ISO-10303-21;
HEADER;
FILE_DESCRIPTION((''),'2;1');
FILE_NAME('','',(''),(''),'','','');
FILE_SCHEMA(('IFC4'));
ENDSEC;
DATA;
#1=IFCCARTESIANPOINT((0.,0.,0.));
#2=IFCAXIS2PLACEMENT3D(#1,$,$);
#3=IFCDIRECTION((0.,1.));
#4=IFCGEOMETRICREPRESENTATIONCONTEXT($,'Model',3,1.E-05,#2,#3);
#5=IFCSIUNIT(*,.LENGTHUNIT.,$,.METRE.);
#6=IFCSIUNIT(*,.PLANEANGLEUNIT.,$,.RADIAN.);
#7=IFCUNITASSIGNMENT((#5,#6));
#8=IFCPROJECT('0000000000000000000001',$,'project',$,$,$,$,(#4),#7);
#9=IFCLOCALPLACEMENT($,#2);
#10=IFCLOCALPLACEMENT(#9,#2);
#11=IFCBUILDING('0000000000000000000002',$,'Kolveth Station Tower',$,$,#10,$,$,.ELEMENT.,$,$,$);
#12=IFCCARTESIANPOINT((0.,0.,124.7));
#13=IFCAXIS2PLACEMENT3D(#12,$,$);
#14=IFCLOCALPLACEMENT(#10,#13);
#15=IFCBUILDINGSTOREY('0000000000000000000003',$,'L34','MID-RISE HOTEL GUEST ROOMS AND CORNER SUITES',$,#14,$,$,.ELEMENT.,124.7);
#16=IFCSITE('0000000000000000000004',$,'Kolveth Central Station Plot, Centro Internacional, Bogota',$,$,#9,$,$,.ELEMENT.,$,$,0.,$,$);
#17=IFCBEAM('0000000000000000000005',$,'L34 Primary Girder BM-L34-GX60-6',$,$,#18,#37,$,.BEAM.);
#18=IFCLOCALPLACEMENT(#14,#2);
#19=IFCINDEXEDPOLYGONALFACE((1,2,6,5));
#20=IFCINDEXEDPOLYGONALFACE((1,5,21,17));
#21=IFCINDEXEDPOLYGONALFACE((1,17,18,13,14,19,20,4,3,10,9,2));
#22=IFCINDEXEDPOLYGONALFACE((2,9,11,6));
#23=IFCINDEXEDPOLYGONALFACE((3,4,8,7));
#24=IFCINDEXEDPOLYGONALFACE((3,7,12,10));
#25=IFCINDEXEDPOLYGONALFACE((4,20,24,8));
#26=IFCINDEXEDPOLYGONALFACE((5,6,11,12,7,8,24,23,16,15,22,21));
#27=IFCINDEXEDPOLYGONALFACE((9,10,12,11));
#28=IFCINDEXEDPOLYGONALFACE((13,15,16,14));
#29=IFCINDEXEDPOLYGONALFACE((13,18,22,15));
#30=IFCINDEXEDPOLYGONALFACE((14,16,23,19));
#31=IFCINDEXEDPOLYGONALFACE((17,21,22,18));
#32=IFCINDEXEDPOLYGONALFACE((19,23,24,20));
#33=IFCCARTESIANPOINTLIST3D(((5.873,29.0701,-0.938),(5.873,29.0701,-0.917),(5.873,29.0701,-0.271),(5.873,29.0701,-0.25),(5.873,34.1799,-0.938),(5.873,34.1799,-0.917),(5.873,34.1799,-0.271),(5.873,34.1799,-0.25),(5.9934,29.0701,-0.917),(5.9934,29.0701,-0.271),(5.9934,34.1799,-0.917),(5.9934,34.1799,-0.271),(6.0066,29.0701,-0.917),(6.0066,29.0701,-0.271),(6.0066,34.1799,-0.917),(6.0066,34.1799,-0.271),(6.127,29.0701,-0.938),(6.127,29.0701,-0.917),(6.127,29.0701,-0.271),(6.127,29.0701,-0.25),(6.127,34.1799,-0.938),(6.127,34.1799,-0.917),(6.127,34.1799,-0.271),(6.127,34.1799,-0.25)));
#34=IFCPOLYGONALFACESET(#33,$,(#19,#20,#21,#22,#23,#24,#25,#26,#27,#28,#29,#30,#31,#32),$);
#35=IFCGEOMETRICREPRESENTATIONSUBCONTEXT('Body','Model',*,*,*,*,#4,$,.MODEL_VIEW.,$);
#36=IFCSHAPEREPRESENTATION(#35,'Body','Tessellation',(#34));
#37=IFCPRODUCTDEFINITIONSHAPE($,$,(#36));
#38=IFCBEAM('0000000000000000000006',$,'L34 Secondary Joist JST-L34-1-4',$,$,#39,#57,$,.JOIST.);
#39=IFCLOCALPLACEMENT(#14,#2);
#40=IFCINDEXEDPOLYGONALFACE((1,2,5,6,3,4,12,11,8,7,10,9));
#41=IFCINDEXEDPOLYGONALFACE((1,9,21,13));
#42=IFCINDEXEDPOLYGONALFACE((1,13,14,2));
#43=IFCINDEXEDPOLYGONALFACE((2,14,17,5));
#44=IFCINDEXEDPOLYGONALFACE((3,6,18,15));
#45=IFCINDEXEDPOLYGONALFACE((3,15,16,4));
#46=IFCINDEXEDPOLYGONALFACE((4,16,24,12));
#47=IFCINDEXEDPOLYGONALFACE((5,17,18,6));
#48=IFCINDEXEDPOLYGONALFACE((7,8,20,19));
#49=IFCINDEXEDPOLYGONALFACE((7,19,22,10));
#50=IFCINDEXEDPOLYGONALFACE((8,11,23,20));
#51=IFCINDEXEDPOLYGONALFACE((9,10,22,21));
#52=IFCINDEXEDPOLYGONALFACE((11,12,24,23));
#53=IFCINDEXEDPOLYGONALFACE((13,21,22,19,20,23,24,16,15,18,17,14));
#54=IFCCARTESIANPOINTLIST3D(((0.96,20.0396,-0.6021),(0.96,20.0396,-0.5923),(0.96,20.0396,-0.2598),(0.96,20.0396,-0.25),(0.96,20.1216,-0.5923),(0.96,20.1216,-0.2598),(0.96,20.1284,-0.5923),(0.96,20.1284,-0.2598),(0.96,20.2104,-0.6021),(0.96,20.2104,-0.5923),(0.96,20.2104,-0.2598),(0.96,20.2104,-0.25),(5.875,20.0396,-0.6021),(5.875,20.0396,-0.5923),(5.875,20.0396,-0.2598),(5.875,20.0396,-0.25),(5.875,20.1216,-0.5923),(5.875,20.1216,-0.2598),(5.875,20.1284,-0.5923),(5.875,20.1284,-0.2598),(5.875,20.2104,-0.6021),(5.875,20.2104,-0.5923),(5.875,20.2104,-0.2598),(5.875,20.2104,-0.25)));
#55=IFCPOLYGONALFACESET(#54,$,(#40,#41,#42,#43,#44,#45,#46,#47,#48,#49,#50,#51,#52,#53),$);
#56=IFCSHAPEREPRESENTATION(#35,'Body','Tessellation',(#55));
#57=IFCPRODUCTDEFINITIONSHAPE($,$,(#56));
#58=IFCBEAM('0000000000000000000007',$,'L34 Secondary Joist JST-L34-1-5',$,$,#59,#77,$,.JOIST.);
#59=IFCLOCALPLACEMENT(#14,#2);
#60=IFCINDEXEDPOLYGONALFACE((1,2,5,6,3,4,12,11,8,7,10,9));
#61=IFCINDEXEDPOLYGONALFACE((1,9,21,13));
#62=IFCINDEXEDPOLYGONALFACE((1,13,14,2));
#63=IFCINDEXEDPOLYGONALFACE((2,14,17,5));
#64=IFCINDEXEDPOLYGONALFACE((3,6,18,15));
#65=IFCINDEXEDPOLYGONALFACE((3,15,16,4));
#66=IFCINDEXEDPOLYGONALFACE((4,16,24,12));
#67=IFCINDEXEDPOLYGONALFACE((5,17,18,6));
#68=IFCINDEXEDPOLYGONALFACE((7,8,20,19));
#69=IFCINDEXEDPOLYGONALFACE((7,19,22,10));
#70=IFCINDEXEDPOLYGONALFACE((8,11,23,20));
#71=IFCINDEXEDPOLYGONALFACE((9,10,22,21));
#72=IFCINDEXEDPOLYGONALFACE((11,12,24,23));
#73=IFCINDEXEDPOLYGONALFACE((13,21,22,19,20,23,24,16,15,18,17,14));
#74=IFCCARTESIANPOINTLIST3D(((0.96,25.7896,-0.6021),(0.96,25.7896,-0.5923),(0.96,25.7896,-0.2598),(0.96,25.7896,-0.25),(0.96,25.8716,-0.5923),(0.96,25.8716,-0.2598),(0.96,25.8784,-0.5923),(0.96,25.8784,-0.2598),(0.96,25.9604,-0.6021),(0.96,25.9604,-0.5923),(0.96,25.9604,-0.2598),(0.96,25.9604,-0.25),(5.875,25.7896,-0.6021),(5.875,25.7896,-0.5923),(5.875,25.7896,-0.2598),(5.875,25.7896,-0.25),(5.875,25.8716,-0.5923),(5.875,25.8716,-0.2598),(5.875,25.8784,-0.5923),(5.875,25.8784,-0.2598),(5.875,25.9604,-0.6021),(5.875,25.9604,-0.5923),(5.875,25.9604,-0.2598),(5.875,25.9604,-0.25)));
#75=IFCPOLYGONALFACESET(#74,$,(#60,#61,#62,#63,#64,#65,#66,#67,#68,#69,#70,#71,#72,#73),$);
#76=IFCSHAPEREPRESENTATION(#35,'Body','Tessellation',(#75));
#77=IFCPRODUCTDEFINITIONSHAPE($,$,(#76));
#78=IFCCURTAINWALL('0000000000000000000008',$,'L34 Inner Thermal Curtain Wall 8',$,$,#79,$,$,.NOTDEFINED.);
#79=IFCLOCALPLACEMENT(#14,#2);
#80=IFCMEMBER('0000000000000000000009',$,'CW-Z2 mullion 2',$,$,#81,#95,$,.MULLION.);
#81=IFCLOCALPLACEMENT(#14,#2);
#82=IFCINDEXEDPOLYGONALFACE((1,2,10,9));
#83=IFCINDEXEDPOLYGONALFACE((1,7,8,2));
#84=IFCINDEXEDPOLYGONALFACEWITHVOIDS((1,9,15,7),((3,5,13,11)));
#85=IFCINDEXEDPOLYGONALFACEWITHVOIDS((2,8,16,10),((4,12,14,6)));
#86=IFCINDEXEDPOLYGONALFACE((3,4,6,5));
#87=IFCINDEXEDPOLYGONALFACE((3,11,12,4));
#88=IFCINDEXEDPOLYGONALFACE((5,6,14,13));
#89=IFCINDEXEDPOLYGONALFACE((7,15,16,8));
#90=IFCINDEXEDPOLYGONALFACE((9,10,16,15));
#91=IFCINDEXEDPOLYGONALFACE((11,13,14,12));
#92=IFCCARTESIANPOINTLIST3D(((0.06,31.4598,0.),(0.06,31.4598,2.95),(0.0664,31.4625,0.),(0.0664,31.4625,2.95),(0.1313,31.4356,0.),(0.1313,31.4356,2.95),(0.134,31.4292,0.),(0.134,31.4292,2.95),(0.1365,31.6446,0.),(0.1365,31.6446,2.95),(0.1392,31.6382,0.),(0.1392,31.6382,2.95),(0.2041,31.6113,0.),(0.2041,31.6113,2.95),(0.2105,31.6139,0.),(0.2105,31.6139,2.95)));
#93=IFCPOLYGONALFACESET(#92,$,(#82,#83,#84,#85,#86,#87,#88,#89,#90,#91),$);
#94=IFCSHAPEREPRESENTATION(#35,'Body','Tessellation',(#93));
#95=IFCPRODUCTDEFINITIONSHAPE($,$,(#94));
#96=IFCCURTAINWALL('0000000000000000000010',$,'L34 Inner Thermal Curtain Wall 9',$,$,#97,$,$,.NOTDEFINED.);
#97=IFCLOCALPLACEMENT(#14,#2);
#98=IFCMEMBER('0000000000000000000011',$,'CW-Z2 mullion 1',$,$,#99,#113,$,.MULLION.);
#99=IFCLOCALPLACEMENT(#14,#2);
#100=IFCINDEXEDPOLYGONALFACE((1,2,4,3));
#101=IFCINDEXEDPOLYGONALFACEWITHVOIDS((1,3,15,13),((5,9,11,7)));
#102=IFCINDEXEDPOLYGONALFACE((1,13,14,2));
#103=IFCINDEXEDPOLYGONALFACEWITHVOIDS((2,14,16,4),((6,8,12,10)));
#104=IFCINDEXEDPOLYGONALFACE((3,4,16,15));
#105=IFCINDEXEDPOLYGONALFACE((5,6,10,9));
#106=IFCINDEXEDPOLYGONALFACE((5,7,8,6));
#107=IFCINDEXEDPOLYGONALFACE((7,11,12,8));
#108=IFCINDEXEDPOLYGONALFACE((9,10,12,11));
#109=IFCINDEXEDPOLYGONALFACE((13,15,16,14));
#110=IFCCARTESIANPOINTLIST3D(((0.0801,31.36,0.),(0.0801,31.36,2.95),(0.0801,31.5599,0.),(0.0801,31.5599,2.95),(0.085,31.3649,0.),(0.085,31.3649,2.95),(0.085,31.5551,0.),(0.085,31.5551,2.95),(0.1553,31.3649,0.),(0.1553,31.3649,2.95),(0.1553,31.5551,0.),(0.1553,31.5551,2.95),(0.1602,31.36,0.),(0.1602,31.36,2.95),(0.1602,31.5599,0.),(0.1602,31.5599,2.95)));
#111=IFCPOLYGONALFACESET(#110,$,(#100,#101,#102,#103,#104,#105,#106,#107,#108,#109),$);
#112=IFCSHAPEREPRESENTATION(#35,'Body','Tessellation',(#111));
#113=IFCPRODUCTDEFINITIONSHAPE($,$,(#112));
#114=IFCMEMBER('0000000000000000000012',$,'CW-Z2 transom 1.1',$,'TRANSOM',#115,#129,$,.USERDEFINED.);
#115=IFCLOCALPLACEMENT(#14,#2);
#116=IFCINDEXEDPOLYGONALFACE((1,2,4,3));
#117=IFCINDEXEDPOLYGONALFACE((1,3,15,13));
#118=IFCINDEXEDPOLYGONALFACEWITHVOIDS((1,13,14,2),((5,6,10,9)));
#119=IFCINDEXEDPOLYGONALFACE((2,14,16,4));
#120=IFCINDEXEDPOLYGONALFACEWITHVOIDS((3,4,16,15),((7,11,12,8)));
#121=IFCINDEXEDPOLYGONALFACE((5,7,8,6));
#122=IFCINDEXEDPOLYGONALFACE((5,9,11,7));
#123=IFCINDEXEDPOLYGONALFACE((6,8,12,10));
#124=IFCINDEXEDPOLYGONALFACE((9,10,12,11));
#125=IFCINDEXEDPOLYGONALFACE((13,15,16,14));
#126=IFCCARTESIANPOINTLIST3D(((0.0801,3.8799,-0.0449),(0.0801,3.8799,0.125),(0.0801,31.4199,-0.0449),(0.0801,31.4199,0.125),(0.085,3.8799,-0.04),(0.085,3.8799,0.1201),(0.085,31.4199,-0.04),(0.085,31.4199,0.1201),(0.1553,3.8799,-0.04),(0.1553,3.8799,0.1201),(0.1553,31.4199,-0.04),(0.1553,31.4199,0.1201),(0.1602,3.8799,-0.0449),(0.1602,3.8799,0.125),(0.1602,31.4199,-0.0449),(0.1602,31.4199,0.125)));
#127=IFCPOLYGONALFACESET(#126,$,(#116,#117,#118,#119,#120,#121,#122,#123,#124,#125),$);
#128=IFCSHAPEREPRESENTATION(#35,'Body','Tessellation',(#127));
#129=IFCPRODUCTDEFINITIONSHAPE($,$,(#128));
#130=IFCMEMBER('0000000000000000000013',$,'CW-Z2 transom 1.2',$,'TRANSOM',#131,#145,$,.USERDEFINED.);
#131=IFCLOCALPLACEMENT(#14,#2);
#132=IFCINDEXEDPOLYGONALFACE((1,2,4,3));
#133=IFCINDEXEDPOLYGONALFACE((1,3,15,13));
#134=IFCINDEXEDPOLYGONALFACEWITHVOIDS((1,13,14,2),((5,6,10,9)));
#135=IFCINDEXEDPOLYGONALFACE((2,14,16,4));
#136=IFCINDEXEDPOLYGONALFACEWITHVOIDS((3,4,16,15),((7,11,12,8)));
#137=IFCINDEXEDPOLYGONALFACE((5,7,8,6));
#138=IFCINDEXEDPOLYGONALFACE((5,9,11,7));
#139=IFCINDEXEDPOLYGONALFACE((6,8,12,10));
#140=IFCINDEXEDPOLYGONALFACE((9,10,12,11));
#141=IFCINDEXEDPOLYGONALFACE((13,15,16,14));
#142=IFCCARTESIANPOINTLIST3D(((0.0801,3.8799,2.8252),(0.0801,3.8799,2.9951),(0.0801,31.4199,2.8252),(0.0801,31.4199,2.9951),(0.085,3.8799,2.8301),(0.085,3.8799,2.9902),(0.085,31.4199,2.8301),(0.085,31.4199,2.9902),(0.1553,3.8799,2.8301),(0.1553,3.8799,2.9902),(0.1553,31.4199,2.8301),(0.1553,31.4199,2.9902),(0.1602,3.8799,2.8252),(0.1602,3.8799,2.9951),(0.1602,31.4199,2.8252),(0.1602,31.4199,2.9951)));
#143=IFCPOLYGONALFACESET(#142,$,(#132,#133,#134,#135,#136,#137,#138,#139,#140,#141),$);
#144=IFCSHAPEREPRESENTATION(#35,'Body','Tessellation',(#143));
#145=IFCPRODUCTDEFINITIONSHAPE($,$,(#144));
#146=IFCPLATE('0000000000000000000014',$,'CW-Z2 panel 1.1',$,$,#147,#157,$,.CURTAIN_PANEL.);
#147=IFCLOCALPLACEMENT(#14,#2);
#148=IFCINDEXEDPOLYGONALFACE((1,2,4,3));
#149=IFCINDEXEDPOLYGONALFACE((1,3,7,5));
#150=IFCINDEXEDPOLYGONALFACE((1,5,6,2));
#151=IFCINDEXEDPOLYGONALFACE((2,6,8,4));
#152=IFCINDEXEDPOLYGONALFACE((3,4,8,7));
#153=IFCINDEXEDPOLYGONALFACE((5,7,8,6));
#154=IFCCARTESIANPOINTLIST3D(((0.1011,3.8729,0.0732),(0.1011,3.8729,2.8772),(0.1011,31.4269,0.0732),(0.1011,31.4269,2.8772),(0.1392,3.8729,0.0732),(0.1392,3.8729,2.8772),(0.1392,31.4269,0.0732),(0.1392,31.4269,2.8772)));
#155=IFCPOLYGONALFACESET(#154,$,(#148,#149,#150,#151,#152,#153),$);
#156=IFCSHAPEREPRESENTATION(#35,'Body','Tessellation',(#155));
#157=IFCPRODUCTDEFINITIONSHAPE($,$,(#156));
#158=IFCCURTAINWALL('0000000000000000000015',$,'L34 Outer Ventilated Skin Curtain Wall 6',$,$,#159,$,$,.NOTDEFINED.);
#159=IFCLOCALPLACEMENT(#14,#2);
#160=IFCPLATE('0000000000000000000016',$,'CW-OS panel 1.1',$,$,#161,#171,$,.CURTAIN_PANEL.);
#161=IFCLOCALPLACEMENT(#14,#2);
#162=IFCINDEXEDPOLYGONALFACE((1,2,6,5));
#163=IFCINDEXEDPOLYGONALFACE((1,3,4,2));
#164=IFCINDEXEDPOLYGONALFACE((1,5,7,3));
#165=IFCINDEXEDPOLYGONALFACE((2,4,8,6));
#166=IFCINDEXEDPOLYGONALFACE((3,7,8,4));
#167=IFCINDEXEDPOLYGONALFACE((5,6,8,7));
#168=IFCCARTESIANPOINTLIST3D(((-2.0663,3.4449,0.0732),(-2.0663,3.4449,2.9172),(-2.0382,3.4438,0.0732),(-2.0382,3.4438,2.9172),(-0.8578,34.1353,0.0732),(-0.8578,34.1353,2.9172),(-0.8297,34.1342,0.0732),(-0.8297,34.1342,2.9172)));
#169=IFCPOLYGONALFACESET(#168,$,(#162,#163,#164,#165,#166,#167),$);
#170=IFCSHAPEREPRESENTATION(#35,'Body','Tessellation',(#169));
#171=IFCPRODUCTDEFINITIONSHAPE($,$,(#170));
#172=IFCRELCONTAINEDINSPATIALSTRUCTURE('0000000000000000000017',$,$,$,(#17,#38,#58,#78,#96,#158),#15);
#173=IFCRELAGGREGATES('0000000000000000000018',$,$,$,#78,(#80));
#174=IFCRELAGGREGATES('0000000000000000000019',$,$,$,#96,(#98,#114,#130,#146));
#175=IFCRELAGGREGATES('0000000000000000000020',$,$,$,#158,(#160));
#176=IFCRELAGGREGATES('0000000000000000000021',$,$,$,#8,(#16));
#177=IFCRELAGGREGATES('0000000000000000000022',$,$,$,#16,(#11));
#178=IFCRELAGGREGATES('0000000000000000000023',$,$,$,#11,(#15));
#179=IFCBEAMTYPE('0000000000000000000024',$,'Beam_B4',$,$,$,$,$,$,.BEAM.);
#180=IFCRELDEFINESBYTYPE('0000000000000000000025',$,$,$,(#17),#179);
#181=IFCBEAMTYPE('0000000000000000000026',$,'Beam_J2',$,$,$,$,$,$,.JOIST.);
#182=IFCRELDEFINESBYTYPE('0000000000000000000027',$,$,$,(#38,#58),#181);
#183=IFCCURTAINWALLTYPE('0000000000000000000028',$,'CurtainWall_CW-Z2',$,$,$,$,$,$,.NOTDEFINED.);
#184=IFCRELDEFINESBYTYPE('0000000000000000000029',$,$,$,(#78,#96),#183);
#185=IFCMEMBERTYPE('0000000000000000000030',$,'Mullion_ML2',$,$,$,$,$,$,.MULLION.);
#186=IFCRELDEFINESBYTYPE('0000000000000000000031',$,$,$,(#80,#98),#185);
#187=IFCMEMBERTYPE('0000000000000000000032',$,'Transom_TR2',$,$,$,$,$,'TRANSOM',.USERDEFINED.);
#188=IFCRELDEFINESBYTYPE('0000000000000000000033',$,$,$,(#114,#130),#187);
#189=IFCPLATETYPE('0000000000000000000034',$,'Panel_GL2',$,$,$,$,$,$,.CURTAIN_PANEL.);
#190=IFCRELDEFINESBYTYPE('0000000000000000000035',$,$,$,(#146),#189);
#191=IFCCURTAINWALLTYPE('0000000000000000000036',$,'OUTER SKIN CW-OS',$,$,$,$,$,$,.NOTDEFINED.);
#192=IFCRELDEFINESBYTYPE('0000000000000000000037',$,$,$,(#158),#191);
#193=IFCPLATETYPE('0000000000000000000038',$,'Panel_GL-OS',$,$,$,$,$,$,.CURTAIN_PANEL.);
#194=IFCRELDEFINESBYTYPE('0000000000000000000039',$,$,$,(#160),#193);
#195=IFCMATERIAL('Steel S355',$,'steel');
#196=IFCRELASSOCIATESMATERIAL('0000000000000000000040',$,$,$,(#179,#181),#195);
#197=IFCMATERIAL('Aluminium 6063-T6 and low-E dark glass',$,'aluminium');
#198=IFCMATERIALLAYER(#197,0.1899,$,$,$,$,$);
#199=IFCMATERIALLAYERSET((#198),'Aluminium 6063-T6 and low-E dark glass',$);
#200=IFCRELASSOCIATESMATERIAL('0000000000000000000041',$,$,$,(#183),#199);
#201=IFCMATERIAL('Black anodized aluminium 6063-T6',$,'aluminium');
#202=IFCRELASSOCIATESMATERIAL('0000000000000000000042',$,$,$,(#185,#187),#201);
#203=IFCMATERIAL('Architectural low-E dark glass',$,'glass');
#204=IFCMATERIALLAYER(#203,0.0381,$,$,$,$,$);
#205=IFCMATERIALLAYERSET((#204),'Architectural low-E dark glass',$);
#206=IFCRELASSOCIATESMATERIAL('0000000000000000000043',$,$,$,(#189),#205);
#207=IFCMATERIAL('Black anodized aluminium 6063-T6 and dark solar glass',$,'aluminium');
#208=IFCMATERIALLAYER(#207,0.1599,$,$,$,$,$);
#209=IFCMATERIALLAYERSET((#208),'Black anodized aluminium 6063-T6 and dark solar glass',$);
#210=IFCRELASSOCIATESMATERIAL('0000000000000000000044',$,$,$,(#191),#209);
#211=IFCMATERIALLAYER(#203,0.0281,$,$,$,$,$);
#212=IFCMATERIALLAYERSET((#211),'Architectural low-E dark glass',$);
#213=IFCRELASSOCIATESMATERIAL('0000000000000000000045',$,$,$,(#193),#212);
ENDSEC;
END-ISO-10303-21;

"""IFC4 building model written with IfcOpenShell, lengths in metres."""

from ifc_helpers import new_model, si_unit, direction, frame, origin, origin_2d, place, context, subcontext, project, spatial, rectangle, hollow_rectangle, i_section, extrude, source, transform, mapped, material, layer, layer_set, material_profile, profile_set, type_object, element, aggregate, save


model = new_model("IFC4")

# Units and contexts
model_context = context("Model", 3, precision=1e-05, world=origin(), true_north=direction((0.0, 1.0)))
body_context = subcontext(model_context, "Body", "Model", "MODEL_VIEW")
ifc_project = project(units=[si_unit("LENGTHUNIT", "METRE"), si_unit("PLANEANGLEUNIT", "RADIAN")], contexts=[model_context])

# Site, building, storey
site_placement = place(None, origin())
site = spatial("IfcSite", under=ifc_project, at=site_placement, Name="Kolveth Central Station Plot, Centro Internacional, Bogota", CompositionType="ELEMENT", RefElevation=0.0)
building_placement = place(site_placement, origin())
building = spatial("IfcBuilding", under=site, at=building_placement, Name="Kolveth Station Tower", CompositionType="ELEMENT")
storey_placement = place(building_placement, frame((0.0, 0.0, 124.7)))
storey = spatial("IfcBuildingStorey", under=building, at=storey_placement, Name="L34", Description="MID-RISE HOTEL GUEST ROOMS AND CORNER SUITES", CompositionType="ELEMENT", Elevation=124.7)

# Beams
ifc_material_1 = material(Name="Steel S355", Category="steel")
ifc_material_profile_1 = material_profile(ifc_material_1, i_section(OverallWidth=0.2539, OverallDepth=0.688, WebThickness=0.0132, FlangeThickness=0.021, at=origin_2d()), Name="W690x152")
ifc_profile_set_1 = profile_set([ifc_material_profile_1], Name="Steel S355")
beam_type_1 = type_object("IfcBeamType", Name="Beam_B4", PredefinedType="BEAM", material=ifc_profile_set_1)
shared_shape_1 = source(origin(), body_context, "Body", "SweptSolid", [
    extrude(i_section(OverallWidth=0.2539, OverallDepth=0.688, WebThickness=0.0132, FlangeThickness=0.021, at=origin_2d()), origin(), (0.0, 0.0, 1.0), 5.1099),
])
for number, where, z_axis, x_axis, name in (
    (1, (6.0, 29.0701, -0.594), (0.0, 1.0, 0.0), (-1.0, 0.0, 0.0), "L34 Primary Girder BM-L34-GX60-6"),
):
    element("IfcBeam", number, at=place(storey_placement, frame(where, z_axis=z_axis, x_axis=x_axis)), inside=storey, type_object=beam_type_1, Name=name, PredefinedType="BEAM", context=body_context, shape_type="MappedRepresentation", body=[
        mapped(shared_shape_1, transform((0.0, 0.0, 0.0), x_axis=(1.0, 0.0, 0.0), y_axis=(0.0, 1.0, 0.0), z_axis=(0.0, 0.0, 1.0), scale=1.0)),
    ])
ifc_material_profile_2 = material_profile(ifc_material_1, i_section(OverallWidth=0.1709, OverallDepth=0.3521, WebThickness=0.0068, FlangeThickness=0.0098, at=origin_2d()), Name="W360x44")
ifc_profile_set_2 = profile_set([ifc_material_profile_2], Name="Steel S355")
beam_type_2 = type_object("IfcBeamType", Name="Beam_J2", PredefinedType="JOIST", material=ifc_profile_set_2)
shared_shape_2 = source(origin(), body_context, "Body", "SweptSolid", [
    extrude(i_section(OverallWidth=0.1709, OverallDepth=0.3521, WebThickness=0.0068, FlangeThickness=0.0098, at=origin_2d()), origin(), (0.0, 0.0, 1.0), 4.915),
])
for number, where, z_axis, x_axis, name in (
    (2, (0.96, 20.125, -0.426), (1.0, 0.0, 0.0), (0.0, 1.0, 0.0), "L34 Secondary Joist JST-L34-1-4"),
    (3, (0.96, 25.875, -0.426), (1.0, 0.0, 0.0), (0.0, 1.0, 0.0), "L34 Secondary Joist JST-L34-1-5"),
):
    element("IfcBeam", number, at=place(storey_placement, frame(where, z_axis=z_axis, x_axis=x_axis)), inside=storey, type_object=beam_type_2, Name=name, PredefinedType="JOIST", context=body_context, shape_type="MappedRepresentation", body=[
        mapped(shared_shape_2, transform((0.0, 0.0, 0.0), x_axis=(1.0, 0.0, 0.0), y_axis=(0.0, 1.0, 0.0), z_axis=(0.0, 0.0, 1.0), scale=1.0)),
    ])

# Curtain wall, member
ifc_material_2 = material(Name="Aluminium 6063-T6 and low-E dark glass", Category="aluminium")
ifc_layer_1 = layer(ifc_material_2, 0.1899)
ifc_layer_set_1 = layer_set([ifc_layer_1], Name="Aluminium 6063-T6 and low-E dark glass")
curtain_wall_type_1 = type_object("IfcCurtainWallType", Name="CurtainWall_CW-Z2", PredefinedType="NOTDEFINED", material=ifc_layer_set_1)
curtain_wall_1_placement = place(storey_placement, origin())
curtain_wall_1 = element("IfcCurtainWall", 4, at=curtain_wall_1_placement, inside=storey, type_object=curtain_wall_type_1, Name="L34 Inner Thermal Curtain Wall 8", PredefinedType="NOTDEFINED")
ifc_material_3 = material(Name="Black anodized aluminium 6063-T6", Category="aluminium")
ifc_material_profile_3 = material_profile(ifc_material_3, hollow_rectangle(XDim=0.0801, YDim=0.2, WallThickness=0.0049, at=origin_2d()), Name="ALU-80x200x5")
ifc_profile_set_3 = profile_set([ifc_material_profile_3], Name="Black anodized aluminium 6063-T6")
member_type_1 = type_object("IfcMemberType", Name="Mullion_ML2", PredefinedType="MULLION", material=ifc_profile_set_3)
shared_shape_3 = source(origin(), body_context, "Body", "SweptSolid", [
    extrude(hollow_rectangle(XDim=0.0801, YDim=0.2, WallThickness=0.0049, at=origin_2d()), origin(), (0.0, 0.0, 1.0), 2.95),
])
member_1_placement = place(storey_placement, frame((0.1353, 31.5369, 0.0), z_axis=(0.0, 0.0, 1.0), x_axis=(0.923888, -0.382663, 0.0)))
member_1 = element("IfcMember", 5, at=member_1_placement, type_object=member_type_1, Name="CW-Z2 mullion 2", PredefinedType="MULLION", context=body_context, shape_type="MappedRepresentation", body=[
    mapped(shared_shape_3, transform((0.0, 0.0, 0.0), x_axis=(1.0, 0.0, 0.0), y_axis=(0.0, 1.0, 0.0), z_axis=(0.0, 0.0, 1.0), scale=1.0)),
])
aggregate(curtain_wall_1, [member_1])

# Curtain wall, members, plate
curtain_wall_2_placement = place(storey_placement, origin())
curtain_wall_2 = element("IfcCurtainWall", 6, at=curtain_wall_2_placement, inside=storey, type_object=curtain_wall_type_1, Name="L34 Inner Thermal Curtain Wall 9", PredefinedType="NOTDEFINED")
member_2_placement = place(storey_placement, frame((0.1201, 31.46, 0.0), z_axis=(0.0, 0.0, 1.0), x_axis=(1.0, 0.0, 0.0)))
member_2 = element("IfcMember", 7, at=member_2_placement, type_object=member_type_1, Name="CW-Z2 mullion 1", PredefinedType="MULLION", context=body_context, shape_type="MappedRepresentation", body=[
    mapped(shared_shape_3, transform((0.0, 0.0, 0.0), x_axis=(1.0, 0.0, 0.0), y_axis=(0.0, 1.0, 0.0), z_axis=(0.0, 0.0, 1.0), scale=1.0)),
])
ifc_material_profile_4 = material_profile(ifc_material_3, hollow_rectangle(XDim=0.0801, YDim=0.1699, WallThickness=0.0049, at=origin_2d()), Name="ALU-80x170x5")
ifc_profile_set_4 = profile_set([ifc_material_profile_4], Name="Black anodized aluminium 6063-T6")
member_type_2 = type_object("IfcMemberType", Name="Transom_TR2", ElementType="TRANSOM", PredefinedType="USERDEFINED", material=ifc_profile_set_4)
shared_shape_4 = source(origin(), body_context, "Body", "SweptSolid", [
    extrude(hollow_rectangle(XDim=0.0801, YDim=0.1699, WallThickness=0.0049, at=origin_2d()), origin(), (0.0, 0.0, 1.0), 27.54),
])
member_3_placement = place(storey_placement, frame((0.1201, 31.4199, 0.04), z_axis=(0.0, -1.0, 0.0), x_axis=(1.0, 0.0, 0.0)))
member_3 = element("IfcMember", 8, at=member_3_placement, type_object=member_type_2, Name="CW-Z2 transom 1.1", ObjectType="TRANSOM", PredefinedType="USERDEFINED", context=body_context, shape_type="MappedRepresentation", body=[
    mapped(shared_shape_4, transform((0.0, 0.0, 0.0), x_axis=(1.0, 0.0, 0.0), y_axis=(0.0, 1.0, 0.0), z_axis=(0.0, 0.0, 1.0), scale=1.0)),
])
member_4_placement = place(storey_placement, frame((0.1201, 31.4199, 2.9102), z_axis=(0.0, -1.0, 0.0), x_axis=(1.0, 0.0, 0.0)))
member_4 = element("IfcMember", 9, at=member_4_placement, type_object=member_type_2, Name="CW-Z2 transom 1.2", ObjectType="TRANSOM", PredefinedType="USERDEFINED", context=body_context, shape_type="MappedRepresentation", body=[
    mapped(shared_shape_4, transform((0.0, 0.0, 0.0), x_axis=(1.0, 0.0, 0.0), y_axis=(0.0, 1.0, 0.0), z_axis=(0.0, 0.0, 1.0), scale=1.0)),
])
ifc_material_4 = material(Name="Architectural low-E dark glass", Category="glass")
ifc_layer_2 = layer(ifc_material_4, 0.0381)
ifc_layer_set_2 = layer_set([ifc_layer_2], Name="Architectural low-E dark glass")
plate_type_1 = type_object("IfcPlateType", Name="Panel_GL2", PredefinedType="CURTAIN_PANEL", material=ifc_layer_set_2)
shared_shape_5 = source(origin(), body_context, "Body", "SweptSolid", [
    extrude(rectangle(XDim=27.554, YDim=0.0381, at=origin_2d()), origin(), (0.0, 0.0, 1.0), 2.804),
])
plate_1_placement = place(storey_placement, frame((0.1201, 17.6499, 0.0732), z_axis=(0.0, 0.0, 1.0), x_axis=(0.0, -1.0, 0.0)))
plate_1 = element("IfcPlate", 10, at=plate_1_placement, type_object=plate_type_1, Name="CW-Z2 panel 1.1", PredefinedType="CURTAIN_PANEL", context=body_context, shape_type="MappedRepresentation", body=[
    mapped(shared_shape_5, transform((0.0, 0.0, 0.0), x_axis=(1.0, 0.0, 0.0), y_axis=(0.0, 1.0, 0.0), z_axis=(0.0, 0.0, 1.0), scale=1.0)),
])
aggregate(curtain_wall_2, [member_2, member_3, member_4, plate_1])

# Curtain wall, plate
ifc_material_5 = material(Name="Black anodized aluminium 6063-T6 and dark solar glass", Category="aluminium")
ifc_layer_3 = layer(ifc_material_5, 0.1599)
ifc_layer_set_3 = layer_set([ifc_layer_3], Name="Black anodized aluminium 6063-T6 and dark solar glass")
curtain_wall_type_2 = type_object("IfcCurtainWallType", Name="OUTER SKIN CW-OS", PredefinedType="NOTDEFINED", material=ifc_layer_set_3)
curtain_wall_3_placement = place(storey_placement, origin())
curtain_wall_3 = element("IfcCurtainWall", 11, at=curtain_wall_3_placement, inside=storey, type_object=curtain_wall_type_2, Name="L34 Outer Ventilated Skin Curtain Wall 6", PredefinedType="NOTDEFINED")
ifc_layer_4 = layer(ifc_material_4, 0.0281)
ifc_layer_set_4 = layer_set([ifc_layer_4], Name="Architectural low-E dark glass")
plate_type_2 = type_object("IfcPlateType", Name="Panel_GL-OS", PredefinedType="CURTAIN_PANEL", material=ifc_layer_set_4)
shared_shape_6 = source(origin(), body_context, "Body", "SweptSolid", [
    extrude(rectangle(XDim=30.7141, YDim=0.0281, at=origin_2d()), origin(), (0.0, 0.0, 1.0), 2.844),
])
plate_2_placement = place(storey_placement, frame((-1.448, 18.7896, 0.0732), z_axis=(0.0, 0.0, 1.0), x_axis=(-0.039346, -0.999226, 0.0)))
plate_2 = element("IfcPlate", 12, at=plate_2_placement, type_object=plate_type_2, Name="CW-OS panel 1.1", PredefinedType="CURTAIN_PANEL", context=body_context, shape_type="MappedRepresentation", body=[
    mapped(shared_shape_6, transform((0.0, 0.0, 0.0), x_axis=(1.0, 0.0, 0.0), y_axis=(0.0, 1.0, 0.0), z_axis=(0.0, 0.0, 1.0), scale=1.0)),
])
aggregate(curtain_wall_3, [plate_2])

save(model, "model.ifc")
